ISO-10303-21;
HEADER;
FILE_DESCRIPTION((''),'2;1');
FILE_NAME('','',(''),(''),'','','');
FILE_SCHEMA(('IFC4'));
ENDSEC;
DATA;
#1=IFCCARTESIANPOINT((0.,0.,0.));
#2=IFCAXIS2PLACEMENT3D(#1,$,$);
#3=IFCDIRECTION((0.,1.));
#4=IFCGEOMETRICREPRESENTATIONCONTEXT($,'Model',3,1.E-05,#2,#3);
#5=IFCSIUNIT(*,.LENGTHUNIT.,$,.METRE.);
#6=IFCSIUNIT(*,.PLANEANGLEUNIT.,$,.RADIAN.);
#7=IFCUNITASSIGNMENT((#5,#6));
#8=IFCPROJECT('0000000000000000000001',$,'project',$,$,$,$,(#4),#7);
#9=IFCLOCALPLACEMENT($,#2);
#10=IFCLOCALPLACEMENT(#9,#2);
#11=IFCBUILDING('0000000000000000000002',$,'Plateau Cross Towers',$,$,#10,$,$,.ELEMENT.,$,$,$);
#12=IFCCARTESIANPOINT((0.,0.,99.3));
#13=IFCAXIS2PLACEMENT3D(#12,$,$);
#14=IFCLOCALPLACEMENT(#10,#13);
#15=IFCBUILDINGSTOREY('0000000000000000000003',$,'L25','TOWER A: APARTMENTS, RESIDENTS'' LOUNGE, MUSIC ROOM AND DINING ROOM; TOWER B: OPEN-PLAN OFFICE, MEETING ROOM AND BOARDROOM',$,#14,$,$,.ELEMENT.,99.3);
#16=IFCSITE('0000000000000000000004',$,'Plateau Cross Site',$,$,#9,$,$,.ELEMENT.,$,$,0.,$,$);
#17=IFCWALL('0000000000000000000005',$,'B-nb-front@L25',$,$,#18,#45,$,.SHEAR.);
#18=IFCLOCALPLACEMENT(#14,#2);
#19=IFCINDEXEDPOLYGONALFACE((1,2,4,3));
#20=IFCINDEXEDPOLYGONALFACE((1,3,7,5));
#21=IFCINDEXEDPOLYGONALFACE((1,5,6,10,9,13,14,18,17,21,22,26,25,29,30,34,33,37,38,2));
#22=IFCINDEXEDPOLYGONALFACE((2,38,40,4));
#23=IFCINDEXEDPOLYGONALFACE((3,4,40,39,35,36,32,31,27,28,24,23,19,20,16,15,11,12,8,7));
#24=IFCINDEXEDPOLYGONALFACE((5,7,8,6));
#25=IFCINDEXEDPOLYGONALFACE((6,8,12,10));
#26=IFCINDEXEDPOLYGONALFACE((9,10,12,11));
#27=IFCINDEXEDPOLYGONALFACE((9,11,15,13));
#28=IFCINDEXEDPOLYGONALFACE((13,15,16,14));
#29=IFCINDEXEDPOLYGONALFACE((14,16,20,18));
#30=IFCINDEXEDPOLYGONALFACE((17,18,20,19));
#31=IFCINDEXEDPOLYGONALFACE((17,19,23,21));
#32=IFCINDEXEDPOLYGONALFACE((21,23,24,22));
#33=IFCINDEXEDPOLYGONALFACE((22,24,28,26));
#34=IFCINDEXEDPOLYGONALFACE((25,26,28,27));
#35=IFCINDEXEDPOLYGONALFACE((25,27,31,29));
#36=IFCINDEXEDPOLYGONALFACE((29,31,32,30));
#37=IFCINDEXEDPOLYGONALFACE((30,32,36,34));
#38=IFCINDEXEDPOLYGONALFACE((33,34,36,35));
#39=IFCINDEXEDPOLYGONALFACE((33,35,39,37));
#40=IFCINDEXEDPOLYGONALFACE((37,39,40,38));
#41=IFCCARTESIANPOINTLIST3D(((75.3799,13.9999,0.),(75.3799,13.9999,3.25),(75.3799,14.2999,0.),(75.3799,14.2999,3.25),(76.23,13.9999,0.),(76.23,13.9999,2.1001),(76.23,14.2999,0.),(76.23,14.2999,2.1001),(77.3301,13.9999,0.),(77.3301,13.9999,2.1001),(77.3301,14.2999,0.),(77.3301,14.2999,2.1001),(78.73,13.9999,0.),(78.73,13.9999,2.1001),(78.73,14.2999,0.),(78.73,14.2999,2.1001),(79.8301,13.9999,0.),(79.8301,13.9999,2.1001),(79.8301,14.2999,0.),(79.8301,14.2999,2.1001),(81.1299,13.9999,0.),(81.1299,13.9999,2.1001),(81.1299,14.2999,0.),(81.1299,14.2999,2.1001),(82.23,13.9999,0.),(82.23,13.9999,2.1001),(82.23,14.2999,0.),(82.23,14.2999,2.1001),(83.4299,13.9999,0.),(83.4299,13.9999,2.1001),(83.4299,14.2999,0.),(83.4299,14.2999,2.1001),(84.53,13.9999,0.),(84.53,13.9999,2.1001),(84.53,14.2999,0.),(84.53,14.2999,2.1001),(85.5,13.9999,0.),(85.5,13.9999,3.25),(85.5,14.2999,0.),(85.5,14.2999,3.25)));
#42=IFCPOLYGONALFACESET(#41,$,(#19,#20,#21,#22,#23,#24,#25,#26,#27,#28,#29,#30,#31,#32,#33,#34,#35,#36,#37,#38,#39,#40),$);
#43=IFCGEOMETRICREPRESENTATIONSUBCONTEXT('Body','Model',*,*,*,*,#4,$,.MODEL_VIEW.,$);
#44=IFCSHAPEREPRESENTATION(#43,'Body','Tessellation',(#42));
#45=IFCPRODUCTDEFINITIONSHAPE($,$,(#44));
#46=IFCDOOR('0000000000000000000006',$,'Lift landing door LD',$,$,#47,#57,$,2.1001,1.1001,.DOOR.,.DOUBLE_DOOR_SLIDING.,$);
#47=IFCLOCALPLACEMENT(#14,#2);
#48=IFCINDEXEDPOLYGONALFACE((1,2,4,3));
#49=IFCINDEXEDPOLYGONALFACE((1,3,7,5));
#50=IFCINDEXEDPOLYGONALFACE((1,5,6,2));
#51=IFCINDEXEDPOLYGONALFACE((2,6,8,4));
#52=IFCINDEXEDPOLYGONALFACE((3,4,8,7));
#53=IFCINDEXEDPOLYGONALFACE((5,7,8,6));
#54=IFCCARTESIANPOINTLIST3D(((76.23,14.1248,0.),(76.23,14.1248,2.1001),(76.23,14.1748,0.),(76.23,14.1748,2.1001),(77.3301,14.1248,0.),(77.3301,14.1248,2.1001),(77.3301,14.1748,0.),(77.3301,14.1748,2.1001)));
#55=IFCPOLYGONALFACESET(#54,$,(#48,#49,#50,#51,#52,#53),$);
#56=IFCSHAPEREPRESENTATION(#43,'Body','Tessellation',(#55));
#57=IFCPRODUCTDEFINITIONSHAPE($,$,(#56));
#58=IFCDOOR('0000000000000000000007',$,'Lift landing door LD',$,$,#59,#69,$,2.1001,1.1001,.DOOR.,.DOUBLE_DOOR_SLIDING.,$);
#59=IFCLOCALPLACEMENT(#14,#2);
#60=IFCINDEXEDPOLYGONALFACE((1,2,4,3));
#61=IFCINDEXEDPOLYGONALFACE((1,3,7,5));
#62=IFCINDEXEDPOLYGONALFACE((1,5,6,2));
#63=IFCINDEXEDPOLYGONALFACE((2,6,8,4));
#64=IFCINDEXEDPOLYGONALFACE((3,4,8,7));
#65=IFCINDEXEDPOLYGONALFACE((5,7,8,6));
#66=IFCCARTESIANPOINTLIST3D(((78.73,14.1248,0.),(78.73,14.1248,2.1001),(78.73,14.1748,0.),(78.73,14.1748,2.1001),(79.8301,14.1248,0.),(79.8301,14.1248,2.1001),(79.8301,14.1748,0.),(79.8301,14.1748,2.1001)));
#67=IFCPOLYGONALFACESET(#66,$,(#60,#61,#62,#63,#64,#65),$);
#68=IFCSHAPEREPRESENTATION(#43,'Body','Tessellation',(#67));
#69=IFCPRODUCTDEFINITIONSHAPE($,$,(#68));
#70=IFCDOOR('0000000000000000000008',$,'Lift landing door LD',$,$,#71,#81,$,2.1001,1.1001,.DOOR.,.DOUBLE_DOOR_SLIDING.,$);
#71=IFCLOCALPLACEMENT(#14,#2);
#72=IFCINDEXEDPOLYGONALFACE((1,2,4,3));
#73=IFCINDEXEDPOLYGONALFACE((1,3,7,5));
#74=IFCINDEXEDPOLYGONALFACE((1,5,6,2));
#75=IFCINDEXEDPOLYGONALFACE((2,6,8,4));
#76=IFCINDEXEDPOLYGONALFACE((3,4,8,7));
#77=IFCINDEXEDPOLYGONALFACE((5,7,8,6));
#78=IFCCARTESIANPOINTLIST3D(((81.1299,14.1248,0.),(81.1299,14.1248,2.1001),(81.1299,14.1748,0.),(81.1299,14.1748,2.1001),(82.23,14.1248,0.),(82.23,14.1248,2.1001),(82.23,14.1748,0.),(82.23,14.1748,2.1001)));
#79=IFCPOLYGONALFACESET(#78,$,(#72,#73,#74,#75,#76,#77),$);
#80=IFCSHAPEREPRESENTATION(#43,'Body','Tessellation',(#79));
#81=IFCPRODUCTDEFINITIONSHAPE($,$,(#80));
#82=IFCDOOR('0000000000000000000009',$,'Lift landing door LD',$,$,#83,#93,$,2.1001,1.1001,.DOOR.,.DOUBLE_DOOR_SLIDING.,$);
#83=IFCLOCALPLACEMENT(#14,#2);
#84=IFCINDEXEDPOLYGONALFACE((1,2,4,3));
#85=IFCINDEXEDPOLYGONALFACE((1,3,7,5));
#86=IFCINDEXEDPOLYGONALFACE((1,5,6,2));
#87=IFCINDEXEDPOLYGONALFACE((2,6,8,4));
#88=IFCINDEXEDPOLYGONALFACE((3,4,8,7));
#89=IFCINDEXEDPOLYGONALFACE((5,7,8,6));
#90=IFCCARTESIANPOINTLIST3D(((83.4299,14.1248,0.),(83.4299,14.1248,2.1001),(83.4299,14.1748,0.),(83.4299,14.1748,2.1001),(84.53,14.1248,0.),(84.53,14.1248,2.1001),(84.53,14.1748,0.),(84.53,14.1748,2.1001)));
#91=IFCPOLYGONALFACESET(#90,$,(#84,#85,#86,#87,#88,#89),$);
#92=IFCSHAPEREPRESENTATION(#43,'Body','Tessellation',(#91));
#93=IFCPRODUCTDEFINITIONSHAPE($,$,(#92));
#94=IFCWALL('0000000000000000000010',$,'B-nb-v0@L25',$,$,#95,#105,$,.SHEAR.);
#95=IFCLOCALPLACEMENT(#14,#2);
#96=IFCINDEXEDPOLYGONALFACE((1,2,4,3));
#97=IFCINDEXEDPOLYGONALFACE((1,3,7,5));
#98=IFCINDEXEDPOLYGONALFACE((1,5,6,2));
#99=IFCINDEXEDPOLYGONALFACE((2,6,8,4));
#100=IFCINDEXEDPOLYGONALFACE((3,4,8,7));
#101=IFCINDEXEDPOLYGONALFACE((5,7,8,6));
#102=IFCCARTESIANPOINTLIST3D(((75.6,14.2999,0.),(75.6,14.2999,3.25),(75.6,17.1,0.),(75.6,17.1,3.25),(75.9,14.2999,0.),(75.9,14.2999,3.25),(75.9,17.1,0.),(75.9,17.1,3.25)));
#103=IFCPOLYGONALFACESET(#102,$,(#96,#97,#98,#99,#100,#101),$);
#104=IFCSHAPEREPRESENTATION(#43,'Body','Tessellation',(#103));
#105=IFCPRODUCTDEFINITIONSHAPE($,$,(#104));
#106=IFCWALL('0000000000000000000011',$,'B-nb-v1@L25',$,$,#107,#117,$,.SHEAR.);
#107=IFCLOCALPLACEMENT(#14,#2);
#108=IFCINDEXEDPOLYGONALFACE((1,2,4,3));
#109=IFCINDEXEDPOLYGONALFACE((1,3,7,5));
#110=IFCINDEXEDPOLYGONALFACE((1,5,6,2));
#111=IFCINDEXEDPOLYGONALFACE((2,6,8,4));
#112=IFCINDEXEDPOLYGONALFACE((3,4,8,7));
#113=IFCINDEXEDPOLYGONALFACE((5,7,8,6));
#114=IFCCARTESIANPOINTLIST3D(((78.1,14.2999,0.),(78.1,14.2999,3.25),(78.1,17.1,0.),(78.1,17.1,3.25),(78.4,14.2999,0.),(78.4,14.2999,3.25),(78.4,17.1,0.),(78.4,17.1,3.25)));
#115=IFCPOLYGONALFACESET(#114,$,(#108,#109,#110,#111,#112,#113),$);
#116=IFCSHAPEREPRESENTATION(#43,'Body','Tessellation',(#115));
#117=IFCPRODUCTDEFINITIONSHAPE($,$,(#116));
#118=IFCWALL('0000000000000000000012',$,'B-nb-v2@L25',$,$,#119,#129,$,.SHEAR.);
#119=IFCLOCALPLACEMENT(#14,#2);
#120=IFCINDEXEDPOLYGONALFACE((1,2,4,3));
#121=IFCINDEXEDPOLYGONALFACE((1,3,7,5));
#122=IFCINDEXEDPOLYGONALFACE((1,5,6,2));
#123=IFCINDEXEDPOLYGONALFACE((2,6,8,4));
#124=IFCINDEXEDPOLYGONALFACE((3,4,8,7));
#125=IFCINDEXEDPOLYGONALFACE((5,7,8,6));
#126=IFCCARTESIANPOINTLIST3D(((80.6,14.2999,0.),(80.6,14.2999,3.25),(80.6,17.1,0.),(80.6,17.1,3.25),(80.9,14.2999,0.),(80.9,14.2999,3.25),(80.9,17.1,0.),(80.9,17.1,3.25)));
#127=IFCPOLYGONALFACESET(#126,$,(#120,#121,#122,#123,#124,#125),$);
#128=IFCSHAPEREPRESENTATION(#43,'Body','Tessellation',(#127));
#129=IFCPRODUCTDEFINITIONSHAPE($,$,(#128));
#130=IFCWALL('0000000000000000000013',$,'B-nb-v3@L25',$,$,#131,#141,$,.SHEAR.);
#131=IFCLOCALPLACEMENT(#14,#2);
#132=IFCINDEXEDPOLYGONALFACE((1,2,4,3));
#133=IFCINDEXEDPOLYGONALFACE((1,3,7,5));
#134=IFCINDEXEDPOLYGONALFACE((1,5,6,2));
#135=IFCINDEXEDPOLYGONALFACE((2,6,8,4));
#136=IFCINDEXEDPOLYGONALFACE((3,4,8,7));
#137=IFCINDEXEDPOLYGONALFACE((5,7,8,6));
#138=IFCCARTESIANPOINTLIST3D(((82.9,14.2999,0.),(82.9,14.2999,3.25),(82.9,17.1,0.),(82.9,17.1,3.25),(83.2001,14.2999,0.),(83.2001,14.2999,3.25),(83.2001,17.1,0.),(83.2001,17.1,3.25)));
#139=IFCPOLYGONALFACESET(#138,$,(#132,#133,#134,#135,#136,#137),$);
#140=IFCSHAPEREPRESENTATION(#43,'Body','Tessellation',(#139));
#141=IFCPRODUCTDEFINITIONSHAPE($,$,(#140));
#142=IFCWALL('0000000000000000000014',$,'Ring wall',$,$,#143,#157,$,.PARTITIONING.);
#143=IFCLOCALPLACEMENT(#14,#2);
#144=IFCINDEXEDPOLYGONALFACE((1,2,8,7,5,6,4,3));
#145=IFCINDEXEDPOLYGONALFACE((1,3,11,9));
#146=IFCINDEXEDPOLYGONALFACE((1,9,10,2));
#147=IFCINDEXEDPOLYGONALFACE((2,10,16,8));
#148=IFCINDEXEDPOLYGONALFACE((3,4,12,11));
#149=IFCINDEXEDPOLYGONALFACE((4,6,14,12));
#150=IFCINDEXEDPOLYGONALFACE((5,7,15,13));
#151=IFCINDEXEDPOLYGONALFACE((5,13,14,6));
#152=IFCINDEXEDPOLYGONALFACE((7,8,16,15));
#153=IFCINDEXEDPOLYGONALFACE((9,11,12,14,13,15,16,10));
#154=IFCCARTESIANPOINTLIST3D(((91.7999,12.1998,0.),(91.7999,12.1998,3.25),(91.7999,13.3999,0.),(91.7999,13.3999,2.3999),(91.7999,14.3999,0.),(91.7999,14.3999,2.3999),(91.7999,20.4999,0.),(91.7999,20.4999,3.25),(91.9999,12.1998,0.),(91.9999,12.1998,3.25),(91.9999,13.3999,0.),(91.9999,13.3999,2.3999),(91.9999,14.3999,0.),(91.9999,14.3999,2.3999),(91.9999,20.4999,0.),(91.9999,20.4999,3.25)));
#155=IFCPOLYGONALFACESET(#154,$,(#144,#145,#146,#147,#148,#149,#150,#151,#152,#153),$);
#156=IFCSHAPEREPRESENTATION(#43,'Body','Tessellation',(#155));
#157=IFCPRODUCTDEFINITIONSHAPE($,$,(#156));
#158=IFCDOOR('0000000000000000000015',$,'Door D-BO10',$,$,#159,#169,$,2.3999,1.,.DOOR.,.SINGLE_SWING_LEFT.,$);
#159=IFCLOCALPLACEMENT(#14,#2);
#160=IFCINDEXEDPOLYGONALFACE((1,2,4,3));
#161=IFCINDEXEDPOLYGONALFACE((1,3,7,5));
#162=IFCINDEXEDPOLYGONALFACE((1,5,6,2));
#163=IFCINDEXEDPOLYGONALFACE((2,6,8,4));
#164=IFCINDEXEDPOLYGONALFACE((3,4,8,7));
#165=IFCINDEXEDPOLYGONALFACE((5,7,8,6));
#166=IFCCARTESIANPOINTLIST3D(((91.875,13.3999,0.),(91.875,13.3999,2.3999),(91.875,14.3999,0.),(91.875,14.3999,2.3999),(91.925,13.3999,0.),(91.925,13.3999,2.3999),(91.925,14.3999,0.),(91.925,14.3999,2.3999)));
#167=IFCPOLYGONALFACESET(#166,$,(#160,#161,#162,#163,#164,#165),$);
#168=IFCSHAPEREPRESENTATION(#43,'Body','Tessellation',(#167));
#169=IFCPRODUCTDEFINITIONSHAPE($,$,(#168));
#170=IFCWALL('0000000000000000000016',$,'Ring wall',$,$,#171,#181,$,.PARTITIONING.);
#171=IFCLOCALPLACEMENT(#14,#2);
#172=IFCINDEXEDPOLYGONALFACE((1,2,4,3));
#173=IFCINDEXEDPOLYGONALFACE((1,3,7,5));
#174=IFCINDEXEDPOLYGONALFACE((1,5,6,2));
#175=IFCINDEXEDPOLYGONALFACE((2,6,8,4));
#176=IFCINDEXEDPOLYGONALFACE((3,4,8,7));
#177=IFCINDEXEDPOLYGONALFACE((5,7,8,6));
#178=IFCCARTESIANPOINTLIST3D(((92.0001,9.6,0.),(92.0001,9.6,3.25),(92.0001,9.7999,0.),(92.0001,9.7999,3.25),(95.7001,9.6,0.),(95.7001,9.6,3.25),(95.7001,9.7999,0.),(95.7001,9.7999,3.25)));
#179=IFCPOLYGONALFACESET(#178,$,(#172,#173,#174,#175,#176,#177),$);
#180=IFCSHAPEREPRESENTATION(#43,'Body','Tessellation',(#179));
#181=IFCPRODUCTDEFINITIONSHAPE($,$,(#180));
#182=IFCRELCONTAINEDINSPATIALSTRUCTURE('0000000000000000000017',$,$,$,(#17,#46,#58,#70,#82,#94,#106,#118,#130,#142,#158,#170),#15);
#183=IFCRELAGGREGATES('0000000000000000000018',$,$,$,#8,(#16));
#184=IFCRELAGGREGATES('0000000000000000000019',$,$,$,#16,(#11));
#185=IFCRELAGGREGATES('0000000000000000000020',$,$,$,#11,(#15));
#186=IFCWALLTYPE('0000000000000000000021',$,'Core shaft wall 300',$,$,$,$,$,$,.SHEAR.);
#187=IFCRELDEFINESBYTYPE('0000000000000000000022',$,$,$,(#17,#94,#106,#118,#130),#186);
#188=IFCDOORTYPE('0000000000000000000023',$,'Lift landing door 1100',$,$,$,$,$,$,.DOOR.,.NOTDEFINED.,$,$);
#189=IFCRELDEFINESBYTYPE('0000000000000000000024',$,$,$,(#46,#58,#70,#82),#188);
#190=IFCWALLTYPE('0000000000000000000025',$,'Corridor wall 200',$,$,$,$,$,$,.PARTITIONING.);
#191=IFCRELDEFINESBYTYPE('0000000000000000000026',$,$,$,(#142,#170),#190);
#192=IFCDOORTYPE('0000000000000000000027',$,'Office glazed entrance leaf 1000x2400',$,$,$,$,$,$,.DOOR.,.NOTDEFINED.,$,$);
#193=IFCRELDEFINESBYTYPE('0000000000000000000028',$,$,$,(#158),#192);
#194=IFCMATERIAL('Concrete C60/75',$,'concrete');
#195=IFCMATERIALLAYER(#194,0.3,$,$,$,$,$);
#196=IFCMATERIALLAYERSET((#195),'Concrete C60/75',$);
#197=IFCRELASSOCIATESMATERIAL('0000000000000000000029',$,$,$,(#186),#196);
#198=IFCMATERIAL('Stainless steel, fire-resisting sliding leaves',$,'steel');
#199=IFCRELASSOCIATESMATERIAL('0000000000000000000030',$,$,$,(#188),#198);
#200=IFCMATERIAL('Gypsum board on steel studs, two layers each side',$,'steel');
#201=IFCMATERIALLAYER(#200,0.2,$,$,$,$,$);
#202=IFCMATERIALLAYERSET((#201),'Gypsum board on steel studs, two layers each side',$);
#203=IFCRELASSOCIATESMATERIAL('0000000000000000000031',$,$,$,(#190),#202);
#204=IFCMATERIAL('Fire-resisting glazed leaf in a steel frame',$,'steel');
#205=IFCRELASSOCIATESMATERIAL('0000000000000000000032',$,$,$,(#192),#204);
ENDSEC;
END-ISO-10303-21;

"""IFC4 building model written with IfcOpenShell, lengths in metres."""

from ifc_helpers import new_model, si_unit, direction, frame, frame_2d, origin, place, context, subcontext, project, spatial, rectangle, extrude, material, layer, layer_set, type_object, element, fill, save


model = new_model("IFC4")

# Units and contexts
model_context = context("Model", 3, precision=1e-05, world=origin(), true_north=direction((0.0, 1.0)))
body_context = subcontext(model_context, "Body", "Model", "MODEL_VIEW")
ifc_project = project(units=[si_unit("LENGTHUNIT", "METRE"), si_unit("PLANEANGLEUNIT", "RADIAN")], contexts=[model_context])

# Site, building, storey
site_placement = place(None, origin())
site = spatial("IfcSite", under=ifc_project, at=site_placement, Name="Plateau Cross Site", CompositionType="ELEMENT", RefElevation=0.0)
building_placement = place(site_placement, origin())
building = spatial("IfcBuilding", under=site, at=building_placement, Name="Plateau Cross Towers", CompositionType="ELEMENT")
storey_placement = place(building_placement, frame((0.0, 0.0, 99.3)))
storey = spatial("IfcBuildingStorey", under=building, at=storey_placement, Name="L25", Description="TOWER A: APARTMENTS, RESIDENTS' LOUNGE, MUSIC ROOM AND DINING ROOM; TOWER B: OPEN-PLAN OFFICE, MEETING ROOM AND BOARDROOM", CompositionType="ELEMENT", Elevation=99.3)

# Shared definitions
ifc_material_1 = material(Name="Concrete C60/75", Category="concrete")

# Wall, openings, doors
ifc_layer_1 = layer(ifc_material_1, 0.3)
ifc_layer_set_1 = layer_set([ifc_layer_1], Name="Concrete C60/75")
wall_type_1 = type_object("IfcWallType", Name="Core shaft wall 300", PredefinedType="SHEAR", material=ifc_layer_set_1)
wall_1_placement = place(storey_placement, frame((75.3799, 14.1499, 0.0), z_axis=(0.0, 0.0, 1.0), x_axis=(1.0, 0.0, 0.0)))
wall_1 = element("IfcWall", 1, at=wall_1_placement, inside=storey, type_object=wall_type_1, Name="B-nb-front@L25", PredefinedType="SHEAR", context=body_context, shape_type="SweptSolid", body=[
    extrude(rectangle(XDim=10.1201, YDim=0.3, at=frame_2d((5.0601, 0.0))), origin(), (0.0, 0.0, 1.0), 3.25),
])
opening_1_placement = place(wall_1_placement, frame((0.8501, 0.0, 0.0)))
opening_1 = element("IfcOpeningElement", 2, at=opening_1_placement, cuts=wall_1, PredefinedType="OPENING", context=body_context, shape_type="SweptSolid", body=[
    extrude(rectangle(XDim=1.1001, YDim=2.1001, at=frame_2d((0.55, 1.05))), frame((0.0, 0.1599, 0.0), z_axis=(0.0, -1.0, 0.0), x_axis=(1.0, 0.0, 0.0)), (0.0, 0.0, 1.0), 0.3201),
])
opening_2_placement = place(wall_1_placement, frame((3.3501, 0.0, 0.0)))
opening_2 = element("IfcOpeningElement", 3, at=opening_2_placement, cuts=wall_1, PredefinedType="OPENING", context=body_context, shape_type="SweptSolid", body=[
    extrude(rectangle(XDim=1.1001, YDim=2.1001, at=frame_2d((0.55, 1.05))), frame((0.0, 0.1599, 0.0), z_axis=(0.0, -1.0, 0.0), x_axis=(1.0, 0.0, 0.0)), (0.0, 0.0, 1.0), 0.3201),
])
opening_3_placement = place(wall_1_placement, frame((5.75, 0.0, 0.0)))
opening_3 = element("IfcOpeningElement", 4, at=opening_3_placement, cuts=wall_1, PredefinedType="OPENING", context=body_context, shape_type="SweptSolid", body=[
    extrude(rectangle(XDim=1.1001, YDim=2.1001, at=frame_2d((0.55, 1.05))), frame((0.0, 0.1599, 0.0), z_axis=(0.0, -1.0, 0.0), x_axis=(1.0, 0.0, 0.0)), (0.0, 0.0, 1.0), 0.3201),
])
opening_4_placement = place(wall_1_placement, frame((8.05, 0.0, 0.0)))
opening_4 = element("IfcOpeningElement", 5, at=opening_4_placement, cuts=wall_1, PredefinedType="OPENING", context=body_context, shape_type="SweptSolid", body=[
    extrude(rectangle(XDim=1.1001, YDim=2.1001, at=frame_2d((0.55, 1.05))), frame((0.0, 0.1599, 0.0), z_axis=(0.0, -1.0, 0.0), x_axis=(1.0, 0.0, 0.0)), (0.0, 0.0, 1.0), 0.3201),
])
ifc_material_2 = material(Name="Stainless steel, fire-resisting sliding leaves", Category="steel")
door_type_1 = type_object("IfcDoorType", Name="Lift landing door 1100", OperationType="NOTDEFINED", PredefinedType="DOOR", material=ifc_material_2)
door_1_placement = place(opening_1_placement, origin())
door_1 = element("IfcDoor", 6, at=door_1_placement, inside=storey, type_object=door_type_1, Name="Lift landing door LD", OperationType="DOUBLE_DOOR_SLIDING", OverallHeight=2.1001, OverallWidth=1.1001, PredefinedType="DOOR", context=body_context, shape_type="SweptSolid", body=[
    extrude(rectangle(XDim=1.1001, YDim=2.1001, at=frame_2d((0.55, 1.05))), frame((0.0, 0.0249, 0.0), z_axis=(0.0, -1.0, 0.0), x_axis=(1.0, 0.0, 0.0)), (0.0, 0.0, 1.0), 0.05),
])
fill(opening_1, door_1)
door_2_placement = place(opening_2_placement, origin())
door_2 = element("IfcDoor", 7, at=door_2_placement, inside=storey, type_object=door_type_1, Name="Lift landing door LD", OperationType="DOUBLE_DOOR_SLIDING", OverallHeight=2.1001, OverallWidth=1.1001, PredefinedType="DOOR", context=body_context, shape_type="SweptSolid", body=[
    extrude(rectangle(XDim=1.1001, YDim=2.1001, at=frame_2d((0.55, 1.05))), frame((0.0, 0.0249, 0.0), z_axis=(0.0, -1.0, 0.0), x_axis=(1.0, 0.0, 0.0)), (0.0, 0.0, 1.0), 0.05),
])
fill(opening_2, door_2)
door_3_placement = place(opening_3_placement, origin())
door_3 = element("IfcDoor", 8, at=door_3_placement, inside=storey, type_object=door_type_1, Name="Lift landing door LD", OperationType="DOUBLE_DOOR_SLIDING", OverallHeight=2.1001, OverallWidth=1.1001, PredefinedType="DOOR", context=body_context, shape_type="SweptSolid", body=[
    extrude(rectangle(XDim=1.1001, YDim=2.1001, at=frame_2d((0.55, 1.05))), frame((0.0, 0.0249, 0.0), z_axis=(0.0, -1.0, 0.0), x_axis=(1.0, 0.0, 0.0)), (0.0, 0.0, 1.0), 0.05),
])
fill(opening_3, door_3)
door_4_placement = place(opening_4_placement, origin())
door_4 = element("IfcDoor", 9, at=door_4_placement, inside=storey, type_object=door_type_1, Name="Lift landing door LD", OperationType="DOUBLE_DOOR_SLIDING", OverallHeight=2.1001, OverallWidth=1.1001, PredefinedType="DOOR", context=body_context, shape_type="SweptSolid", body=[
    extrude(rectangle(XDim=1.1001, YDim=2.1001, at=frame_2d((0.55, 1.05))), frame((0.0, 0.0249, 0.0), z_axis=(0.0, -1.0, 0.0), x_axis=(1.0, 0.0, 0.0)), (0.0, 0.0, 1.0), 0.05),
])
fill(opening_4, door_4)

# Walls
for number, where, z_axis, x_axis, name in (
    (10, (75.75, 14.3, 0.0), (0.0, 0.0, 1.0), (0.0, 1.0, 0.0), "B-nb-v0@L25"),
    (11, (78.25, 14.3, 0.0), (0.0, 0.0, 1.0), (0.0, 1.0, 0.0), "B-nb-v1@L25"),
    (12, (80.75, 14.3, 0.0), (0.0, 0.0, 1.0), (0.0, 1.0, 0.0), "B-nb-v2@L25"),
    (13, (83.05, 14.3, 0.0), (0.0, 0.0, 1.0), (0.0, 1.0, 0.0), "B-nb-v3@L25"),
):
    element("IfcWall", number, at=place(storey_placement, frame(where, z_axis=z_axis, x_axis=x_axis)), inside=storey, type_object=wall_type_1, Name=name, PredefinedType="SHEAR", context=body_context, shape_type="SweptSolid", body=[
        extrude(rectangle(XDim=2.8, YDim=0.3, at=frame_2d((1.3999, 0.0))), origin(), (0.0, 0.0, 1.0), 3.25),
    ])

# Wall, opening, door
ifc_material_3 = material(Name="Gypsum board on steel studs, two layers each side", Category="steel")
ifc_layer_2 = layer(ifc_material_3, 0.2)
ifc_layer_set_2 = layer_set([ifc_layer_2], Name="Gypsum board on steel studs, two layers each side")
wall_type_2 = type_object("IfcWallType", Name="Corridor wall 200", PredefinedType="PARTITIONING", material=ifc_layer_set_2)
wall_2_placement = place(storey_placement, frame((91.8999, 12.2, 0.0), z_axis=(0.0, 0.0, 1.0), x_axis=(0.0, 1.0, 0.0)))
wall_2 = element("IfcWall", 14, at=wall_2_placement, inside=storey, type_object=wall_type_2, Name="Ring wall", PredefinedType="PARTITIONING", context=body_context, shape_type="SweptSolid", body=[
    extrude(rectangle(XDim=8.3, YDim=0.2, at=frame_2d((4.1499, 0.0))), origin(), (0.0, 0.0, 1.0), 3.25),
])
opening_5_placement = place(wall_2_placement, frame((1.2, 0.0, 0.0)))
opening_5 = element("IfcOpeningElement", 15, at=opening_5_placement, cuts=wall_2, PredefinedType="OPENING", context=body_context, shape_type="SweptSolid", body=[
    extrude(rectangle(XDim=1.0, YDim=2.3999, at=frame_2d((0.5, 1.2))), frame((0.0, 0.1099, 0.0), z_axis=(0.0, -1.0, 0.0), x_axis=(1.0, 0.0, 0.0)), (0.0, 0.0, 1.0), 0.22),
])
ifc_material_4 = material(Name="Fire-resisting glazed leaf in a steel frame", Category="steel")
door_type_2 = type_object("IfcDoorType", Name="Office glazed entrance leaf 1000x2400", OperationType="NOTDEFINED", PredefinedType="DOOR", material=ifc_material_4)
door_5_placement = place(opening_5_placement, origin())
door_5 = element("IfcDoor", 16, at=door_5_placement, inside=storey, type_object=door_type_2, Name="Door D-BO10", OperationType="SINGLE_SWING_LEFT", OverallHeight=2.3999, OverallWidth=1.0, PredefinedType="DOOR", context=body_context, shape_type="SweptSolid", body=[
    extrude(rectangle(XDim=1.0, YDim=2.3999, at=frame_2d((0.5, 1.2))), frame((0.0, 0.0249, 0.0), z_axis=(0.0, -1.0, 0.0), x_axis=(1.0, 0.0, 0.0)), (0.0, 0.0, 1.0), 0.05),
])
fill(opening_5, door_5)

# Wall
for number, where, z_axis, x_axis, name in (
    (17, (92.0, 9.7, 0.0), (0.0, 0.0, 1.0), (1.0, 0.0, 0.0), "Ring wall"),
):
    element("IfcWall", number, at=place(storey_placement, frame(where, z_axis=z_axis, x_axis=x_axis)), inside=storey, type_object=wall_type_2, Name=name, PredefinedType="PARTITIONING", context=body_context, shape_type="SweptSolid", body=[
        extrude(rectangle(XDim=3.7, YDim=0.2, at=frame_2d((1.8501, 0.0))), origin(), (0.0, 0.0, 1.0), 3.25),
    ])

save(model, "model.ifc")
